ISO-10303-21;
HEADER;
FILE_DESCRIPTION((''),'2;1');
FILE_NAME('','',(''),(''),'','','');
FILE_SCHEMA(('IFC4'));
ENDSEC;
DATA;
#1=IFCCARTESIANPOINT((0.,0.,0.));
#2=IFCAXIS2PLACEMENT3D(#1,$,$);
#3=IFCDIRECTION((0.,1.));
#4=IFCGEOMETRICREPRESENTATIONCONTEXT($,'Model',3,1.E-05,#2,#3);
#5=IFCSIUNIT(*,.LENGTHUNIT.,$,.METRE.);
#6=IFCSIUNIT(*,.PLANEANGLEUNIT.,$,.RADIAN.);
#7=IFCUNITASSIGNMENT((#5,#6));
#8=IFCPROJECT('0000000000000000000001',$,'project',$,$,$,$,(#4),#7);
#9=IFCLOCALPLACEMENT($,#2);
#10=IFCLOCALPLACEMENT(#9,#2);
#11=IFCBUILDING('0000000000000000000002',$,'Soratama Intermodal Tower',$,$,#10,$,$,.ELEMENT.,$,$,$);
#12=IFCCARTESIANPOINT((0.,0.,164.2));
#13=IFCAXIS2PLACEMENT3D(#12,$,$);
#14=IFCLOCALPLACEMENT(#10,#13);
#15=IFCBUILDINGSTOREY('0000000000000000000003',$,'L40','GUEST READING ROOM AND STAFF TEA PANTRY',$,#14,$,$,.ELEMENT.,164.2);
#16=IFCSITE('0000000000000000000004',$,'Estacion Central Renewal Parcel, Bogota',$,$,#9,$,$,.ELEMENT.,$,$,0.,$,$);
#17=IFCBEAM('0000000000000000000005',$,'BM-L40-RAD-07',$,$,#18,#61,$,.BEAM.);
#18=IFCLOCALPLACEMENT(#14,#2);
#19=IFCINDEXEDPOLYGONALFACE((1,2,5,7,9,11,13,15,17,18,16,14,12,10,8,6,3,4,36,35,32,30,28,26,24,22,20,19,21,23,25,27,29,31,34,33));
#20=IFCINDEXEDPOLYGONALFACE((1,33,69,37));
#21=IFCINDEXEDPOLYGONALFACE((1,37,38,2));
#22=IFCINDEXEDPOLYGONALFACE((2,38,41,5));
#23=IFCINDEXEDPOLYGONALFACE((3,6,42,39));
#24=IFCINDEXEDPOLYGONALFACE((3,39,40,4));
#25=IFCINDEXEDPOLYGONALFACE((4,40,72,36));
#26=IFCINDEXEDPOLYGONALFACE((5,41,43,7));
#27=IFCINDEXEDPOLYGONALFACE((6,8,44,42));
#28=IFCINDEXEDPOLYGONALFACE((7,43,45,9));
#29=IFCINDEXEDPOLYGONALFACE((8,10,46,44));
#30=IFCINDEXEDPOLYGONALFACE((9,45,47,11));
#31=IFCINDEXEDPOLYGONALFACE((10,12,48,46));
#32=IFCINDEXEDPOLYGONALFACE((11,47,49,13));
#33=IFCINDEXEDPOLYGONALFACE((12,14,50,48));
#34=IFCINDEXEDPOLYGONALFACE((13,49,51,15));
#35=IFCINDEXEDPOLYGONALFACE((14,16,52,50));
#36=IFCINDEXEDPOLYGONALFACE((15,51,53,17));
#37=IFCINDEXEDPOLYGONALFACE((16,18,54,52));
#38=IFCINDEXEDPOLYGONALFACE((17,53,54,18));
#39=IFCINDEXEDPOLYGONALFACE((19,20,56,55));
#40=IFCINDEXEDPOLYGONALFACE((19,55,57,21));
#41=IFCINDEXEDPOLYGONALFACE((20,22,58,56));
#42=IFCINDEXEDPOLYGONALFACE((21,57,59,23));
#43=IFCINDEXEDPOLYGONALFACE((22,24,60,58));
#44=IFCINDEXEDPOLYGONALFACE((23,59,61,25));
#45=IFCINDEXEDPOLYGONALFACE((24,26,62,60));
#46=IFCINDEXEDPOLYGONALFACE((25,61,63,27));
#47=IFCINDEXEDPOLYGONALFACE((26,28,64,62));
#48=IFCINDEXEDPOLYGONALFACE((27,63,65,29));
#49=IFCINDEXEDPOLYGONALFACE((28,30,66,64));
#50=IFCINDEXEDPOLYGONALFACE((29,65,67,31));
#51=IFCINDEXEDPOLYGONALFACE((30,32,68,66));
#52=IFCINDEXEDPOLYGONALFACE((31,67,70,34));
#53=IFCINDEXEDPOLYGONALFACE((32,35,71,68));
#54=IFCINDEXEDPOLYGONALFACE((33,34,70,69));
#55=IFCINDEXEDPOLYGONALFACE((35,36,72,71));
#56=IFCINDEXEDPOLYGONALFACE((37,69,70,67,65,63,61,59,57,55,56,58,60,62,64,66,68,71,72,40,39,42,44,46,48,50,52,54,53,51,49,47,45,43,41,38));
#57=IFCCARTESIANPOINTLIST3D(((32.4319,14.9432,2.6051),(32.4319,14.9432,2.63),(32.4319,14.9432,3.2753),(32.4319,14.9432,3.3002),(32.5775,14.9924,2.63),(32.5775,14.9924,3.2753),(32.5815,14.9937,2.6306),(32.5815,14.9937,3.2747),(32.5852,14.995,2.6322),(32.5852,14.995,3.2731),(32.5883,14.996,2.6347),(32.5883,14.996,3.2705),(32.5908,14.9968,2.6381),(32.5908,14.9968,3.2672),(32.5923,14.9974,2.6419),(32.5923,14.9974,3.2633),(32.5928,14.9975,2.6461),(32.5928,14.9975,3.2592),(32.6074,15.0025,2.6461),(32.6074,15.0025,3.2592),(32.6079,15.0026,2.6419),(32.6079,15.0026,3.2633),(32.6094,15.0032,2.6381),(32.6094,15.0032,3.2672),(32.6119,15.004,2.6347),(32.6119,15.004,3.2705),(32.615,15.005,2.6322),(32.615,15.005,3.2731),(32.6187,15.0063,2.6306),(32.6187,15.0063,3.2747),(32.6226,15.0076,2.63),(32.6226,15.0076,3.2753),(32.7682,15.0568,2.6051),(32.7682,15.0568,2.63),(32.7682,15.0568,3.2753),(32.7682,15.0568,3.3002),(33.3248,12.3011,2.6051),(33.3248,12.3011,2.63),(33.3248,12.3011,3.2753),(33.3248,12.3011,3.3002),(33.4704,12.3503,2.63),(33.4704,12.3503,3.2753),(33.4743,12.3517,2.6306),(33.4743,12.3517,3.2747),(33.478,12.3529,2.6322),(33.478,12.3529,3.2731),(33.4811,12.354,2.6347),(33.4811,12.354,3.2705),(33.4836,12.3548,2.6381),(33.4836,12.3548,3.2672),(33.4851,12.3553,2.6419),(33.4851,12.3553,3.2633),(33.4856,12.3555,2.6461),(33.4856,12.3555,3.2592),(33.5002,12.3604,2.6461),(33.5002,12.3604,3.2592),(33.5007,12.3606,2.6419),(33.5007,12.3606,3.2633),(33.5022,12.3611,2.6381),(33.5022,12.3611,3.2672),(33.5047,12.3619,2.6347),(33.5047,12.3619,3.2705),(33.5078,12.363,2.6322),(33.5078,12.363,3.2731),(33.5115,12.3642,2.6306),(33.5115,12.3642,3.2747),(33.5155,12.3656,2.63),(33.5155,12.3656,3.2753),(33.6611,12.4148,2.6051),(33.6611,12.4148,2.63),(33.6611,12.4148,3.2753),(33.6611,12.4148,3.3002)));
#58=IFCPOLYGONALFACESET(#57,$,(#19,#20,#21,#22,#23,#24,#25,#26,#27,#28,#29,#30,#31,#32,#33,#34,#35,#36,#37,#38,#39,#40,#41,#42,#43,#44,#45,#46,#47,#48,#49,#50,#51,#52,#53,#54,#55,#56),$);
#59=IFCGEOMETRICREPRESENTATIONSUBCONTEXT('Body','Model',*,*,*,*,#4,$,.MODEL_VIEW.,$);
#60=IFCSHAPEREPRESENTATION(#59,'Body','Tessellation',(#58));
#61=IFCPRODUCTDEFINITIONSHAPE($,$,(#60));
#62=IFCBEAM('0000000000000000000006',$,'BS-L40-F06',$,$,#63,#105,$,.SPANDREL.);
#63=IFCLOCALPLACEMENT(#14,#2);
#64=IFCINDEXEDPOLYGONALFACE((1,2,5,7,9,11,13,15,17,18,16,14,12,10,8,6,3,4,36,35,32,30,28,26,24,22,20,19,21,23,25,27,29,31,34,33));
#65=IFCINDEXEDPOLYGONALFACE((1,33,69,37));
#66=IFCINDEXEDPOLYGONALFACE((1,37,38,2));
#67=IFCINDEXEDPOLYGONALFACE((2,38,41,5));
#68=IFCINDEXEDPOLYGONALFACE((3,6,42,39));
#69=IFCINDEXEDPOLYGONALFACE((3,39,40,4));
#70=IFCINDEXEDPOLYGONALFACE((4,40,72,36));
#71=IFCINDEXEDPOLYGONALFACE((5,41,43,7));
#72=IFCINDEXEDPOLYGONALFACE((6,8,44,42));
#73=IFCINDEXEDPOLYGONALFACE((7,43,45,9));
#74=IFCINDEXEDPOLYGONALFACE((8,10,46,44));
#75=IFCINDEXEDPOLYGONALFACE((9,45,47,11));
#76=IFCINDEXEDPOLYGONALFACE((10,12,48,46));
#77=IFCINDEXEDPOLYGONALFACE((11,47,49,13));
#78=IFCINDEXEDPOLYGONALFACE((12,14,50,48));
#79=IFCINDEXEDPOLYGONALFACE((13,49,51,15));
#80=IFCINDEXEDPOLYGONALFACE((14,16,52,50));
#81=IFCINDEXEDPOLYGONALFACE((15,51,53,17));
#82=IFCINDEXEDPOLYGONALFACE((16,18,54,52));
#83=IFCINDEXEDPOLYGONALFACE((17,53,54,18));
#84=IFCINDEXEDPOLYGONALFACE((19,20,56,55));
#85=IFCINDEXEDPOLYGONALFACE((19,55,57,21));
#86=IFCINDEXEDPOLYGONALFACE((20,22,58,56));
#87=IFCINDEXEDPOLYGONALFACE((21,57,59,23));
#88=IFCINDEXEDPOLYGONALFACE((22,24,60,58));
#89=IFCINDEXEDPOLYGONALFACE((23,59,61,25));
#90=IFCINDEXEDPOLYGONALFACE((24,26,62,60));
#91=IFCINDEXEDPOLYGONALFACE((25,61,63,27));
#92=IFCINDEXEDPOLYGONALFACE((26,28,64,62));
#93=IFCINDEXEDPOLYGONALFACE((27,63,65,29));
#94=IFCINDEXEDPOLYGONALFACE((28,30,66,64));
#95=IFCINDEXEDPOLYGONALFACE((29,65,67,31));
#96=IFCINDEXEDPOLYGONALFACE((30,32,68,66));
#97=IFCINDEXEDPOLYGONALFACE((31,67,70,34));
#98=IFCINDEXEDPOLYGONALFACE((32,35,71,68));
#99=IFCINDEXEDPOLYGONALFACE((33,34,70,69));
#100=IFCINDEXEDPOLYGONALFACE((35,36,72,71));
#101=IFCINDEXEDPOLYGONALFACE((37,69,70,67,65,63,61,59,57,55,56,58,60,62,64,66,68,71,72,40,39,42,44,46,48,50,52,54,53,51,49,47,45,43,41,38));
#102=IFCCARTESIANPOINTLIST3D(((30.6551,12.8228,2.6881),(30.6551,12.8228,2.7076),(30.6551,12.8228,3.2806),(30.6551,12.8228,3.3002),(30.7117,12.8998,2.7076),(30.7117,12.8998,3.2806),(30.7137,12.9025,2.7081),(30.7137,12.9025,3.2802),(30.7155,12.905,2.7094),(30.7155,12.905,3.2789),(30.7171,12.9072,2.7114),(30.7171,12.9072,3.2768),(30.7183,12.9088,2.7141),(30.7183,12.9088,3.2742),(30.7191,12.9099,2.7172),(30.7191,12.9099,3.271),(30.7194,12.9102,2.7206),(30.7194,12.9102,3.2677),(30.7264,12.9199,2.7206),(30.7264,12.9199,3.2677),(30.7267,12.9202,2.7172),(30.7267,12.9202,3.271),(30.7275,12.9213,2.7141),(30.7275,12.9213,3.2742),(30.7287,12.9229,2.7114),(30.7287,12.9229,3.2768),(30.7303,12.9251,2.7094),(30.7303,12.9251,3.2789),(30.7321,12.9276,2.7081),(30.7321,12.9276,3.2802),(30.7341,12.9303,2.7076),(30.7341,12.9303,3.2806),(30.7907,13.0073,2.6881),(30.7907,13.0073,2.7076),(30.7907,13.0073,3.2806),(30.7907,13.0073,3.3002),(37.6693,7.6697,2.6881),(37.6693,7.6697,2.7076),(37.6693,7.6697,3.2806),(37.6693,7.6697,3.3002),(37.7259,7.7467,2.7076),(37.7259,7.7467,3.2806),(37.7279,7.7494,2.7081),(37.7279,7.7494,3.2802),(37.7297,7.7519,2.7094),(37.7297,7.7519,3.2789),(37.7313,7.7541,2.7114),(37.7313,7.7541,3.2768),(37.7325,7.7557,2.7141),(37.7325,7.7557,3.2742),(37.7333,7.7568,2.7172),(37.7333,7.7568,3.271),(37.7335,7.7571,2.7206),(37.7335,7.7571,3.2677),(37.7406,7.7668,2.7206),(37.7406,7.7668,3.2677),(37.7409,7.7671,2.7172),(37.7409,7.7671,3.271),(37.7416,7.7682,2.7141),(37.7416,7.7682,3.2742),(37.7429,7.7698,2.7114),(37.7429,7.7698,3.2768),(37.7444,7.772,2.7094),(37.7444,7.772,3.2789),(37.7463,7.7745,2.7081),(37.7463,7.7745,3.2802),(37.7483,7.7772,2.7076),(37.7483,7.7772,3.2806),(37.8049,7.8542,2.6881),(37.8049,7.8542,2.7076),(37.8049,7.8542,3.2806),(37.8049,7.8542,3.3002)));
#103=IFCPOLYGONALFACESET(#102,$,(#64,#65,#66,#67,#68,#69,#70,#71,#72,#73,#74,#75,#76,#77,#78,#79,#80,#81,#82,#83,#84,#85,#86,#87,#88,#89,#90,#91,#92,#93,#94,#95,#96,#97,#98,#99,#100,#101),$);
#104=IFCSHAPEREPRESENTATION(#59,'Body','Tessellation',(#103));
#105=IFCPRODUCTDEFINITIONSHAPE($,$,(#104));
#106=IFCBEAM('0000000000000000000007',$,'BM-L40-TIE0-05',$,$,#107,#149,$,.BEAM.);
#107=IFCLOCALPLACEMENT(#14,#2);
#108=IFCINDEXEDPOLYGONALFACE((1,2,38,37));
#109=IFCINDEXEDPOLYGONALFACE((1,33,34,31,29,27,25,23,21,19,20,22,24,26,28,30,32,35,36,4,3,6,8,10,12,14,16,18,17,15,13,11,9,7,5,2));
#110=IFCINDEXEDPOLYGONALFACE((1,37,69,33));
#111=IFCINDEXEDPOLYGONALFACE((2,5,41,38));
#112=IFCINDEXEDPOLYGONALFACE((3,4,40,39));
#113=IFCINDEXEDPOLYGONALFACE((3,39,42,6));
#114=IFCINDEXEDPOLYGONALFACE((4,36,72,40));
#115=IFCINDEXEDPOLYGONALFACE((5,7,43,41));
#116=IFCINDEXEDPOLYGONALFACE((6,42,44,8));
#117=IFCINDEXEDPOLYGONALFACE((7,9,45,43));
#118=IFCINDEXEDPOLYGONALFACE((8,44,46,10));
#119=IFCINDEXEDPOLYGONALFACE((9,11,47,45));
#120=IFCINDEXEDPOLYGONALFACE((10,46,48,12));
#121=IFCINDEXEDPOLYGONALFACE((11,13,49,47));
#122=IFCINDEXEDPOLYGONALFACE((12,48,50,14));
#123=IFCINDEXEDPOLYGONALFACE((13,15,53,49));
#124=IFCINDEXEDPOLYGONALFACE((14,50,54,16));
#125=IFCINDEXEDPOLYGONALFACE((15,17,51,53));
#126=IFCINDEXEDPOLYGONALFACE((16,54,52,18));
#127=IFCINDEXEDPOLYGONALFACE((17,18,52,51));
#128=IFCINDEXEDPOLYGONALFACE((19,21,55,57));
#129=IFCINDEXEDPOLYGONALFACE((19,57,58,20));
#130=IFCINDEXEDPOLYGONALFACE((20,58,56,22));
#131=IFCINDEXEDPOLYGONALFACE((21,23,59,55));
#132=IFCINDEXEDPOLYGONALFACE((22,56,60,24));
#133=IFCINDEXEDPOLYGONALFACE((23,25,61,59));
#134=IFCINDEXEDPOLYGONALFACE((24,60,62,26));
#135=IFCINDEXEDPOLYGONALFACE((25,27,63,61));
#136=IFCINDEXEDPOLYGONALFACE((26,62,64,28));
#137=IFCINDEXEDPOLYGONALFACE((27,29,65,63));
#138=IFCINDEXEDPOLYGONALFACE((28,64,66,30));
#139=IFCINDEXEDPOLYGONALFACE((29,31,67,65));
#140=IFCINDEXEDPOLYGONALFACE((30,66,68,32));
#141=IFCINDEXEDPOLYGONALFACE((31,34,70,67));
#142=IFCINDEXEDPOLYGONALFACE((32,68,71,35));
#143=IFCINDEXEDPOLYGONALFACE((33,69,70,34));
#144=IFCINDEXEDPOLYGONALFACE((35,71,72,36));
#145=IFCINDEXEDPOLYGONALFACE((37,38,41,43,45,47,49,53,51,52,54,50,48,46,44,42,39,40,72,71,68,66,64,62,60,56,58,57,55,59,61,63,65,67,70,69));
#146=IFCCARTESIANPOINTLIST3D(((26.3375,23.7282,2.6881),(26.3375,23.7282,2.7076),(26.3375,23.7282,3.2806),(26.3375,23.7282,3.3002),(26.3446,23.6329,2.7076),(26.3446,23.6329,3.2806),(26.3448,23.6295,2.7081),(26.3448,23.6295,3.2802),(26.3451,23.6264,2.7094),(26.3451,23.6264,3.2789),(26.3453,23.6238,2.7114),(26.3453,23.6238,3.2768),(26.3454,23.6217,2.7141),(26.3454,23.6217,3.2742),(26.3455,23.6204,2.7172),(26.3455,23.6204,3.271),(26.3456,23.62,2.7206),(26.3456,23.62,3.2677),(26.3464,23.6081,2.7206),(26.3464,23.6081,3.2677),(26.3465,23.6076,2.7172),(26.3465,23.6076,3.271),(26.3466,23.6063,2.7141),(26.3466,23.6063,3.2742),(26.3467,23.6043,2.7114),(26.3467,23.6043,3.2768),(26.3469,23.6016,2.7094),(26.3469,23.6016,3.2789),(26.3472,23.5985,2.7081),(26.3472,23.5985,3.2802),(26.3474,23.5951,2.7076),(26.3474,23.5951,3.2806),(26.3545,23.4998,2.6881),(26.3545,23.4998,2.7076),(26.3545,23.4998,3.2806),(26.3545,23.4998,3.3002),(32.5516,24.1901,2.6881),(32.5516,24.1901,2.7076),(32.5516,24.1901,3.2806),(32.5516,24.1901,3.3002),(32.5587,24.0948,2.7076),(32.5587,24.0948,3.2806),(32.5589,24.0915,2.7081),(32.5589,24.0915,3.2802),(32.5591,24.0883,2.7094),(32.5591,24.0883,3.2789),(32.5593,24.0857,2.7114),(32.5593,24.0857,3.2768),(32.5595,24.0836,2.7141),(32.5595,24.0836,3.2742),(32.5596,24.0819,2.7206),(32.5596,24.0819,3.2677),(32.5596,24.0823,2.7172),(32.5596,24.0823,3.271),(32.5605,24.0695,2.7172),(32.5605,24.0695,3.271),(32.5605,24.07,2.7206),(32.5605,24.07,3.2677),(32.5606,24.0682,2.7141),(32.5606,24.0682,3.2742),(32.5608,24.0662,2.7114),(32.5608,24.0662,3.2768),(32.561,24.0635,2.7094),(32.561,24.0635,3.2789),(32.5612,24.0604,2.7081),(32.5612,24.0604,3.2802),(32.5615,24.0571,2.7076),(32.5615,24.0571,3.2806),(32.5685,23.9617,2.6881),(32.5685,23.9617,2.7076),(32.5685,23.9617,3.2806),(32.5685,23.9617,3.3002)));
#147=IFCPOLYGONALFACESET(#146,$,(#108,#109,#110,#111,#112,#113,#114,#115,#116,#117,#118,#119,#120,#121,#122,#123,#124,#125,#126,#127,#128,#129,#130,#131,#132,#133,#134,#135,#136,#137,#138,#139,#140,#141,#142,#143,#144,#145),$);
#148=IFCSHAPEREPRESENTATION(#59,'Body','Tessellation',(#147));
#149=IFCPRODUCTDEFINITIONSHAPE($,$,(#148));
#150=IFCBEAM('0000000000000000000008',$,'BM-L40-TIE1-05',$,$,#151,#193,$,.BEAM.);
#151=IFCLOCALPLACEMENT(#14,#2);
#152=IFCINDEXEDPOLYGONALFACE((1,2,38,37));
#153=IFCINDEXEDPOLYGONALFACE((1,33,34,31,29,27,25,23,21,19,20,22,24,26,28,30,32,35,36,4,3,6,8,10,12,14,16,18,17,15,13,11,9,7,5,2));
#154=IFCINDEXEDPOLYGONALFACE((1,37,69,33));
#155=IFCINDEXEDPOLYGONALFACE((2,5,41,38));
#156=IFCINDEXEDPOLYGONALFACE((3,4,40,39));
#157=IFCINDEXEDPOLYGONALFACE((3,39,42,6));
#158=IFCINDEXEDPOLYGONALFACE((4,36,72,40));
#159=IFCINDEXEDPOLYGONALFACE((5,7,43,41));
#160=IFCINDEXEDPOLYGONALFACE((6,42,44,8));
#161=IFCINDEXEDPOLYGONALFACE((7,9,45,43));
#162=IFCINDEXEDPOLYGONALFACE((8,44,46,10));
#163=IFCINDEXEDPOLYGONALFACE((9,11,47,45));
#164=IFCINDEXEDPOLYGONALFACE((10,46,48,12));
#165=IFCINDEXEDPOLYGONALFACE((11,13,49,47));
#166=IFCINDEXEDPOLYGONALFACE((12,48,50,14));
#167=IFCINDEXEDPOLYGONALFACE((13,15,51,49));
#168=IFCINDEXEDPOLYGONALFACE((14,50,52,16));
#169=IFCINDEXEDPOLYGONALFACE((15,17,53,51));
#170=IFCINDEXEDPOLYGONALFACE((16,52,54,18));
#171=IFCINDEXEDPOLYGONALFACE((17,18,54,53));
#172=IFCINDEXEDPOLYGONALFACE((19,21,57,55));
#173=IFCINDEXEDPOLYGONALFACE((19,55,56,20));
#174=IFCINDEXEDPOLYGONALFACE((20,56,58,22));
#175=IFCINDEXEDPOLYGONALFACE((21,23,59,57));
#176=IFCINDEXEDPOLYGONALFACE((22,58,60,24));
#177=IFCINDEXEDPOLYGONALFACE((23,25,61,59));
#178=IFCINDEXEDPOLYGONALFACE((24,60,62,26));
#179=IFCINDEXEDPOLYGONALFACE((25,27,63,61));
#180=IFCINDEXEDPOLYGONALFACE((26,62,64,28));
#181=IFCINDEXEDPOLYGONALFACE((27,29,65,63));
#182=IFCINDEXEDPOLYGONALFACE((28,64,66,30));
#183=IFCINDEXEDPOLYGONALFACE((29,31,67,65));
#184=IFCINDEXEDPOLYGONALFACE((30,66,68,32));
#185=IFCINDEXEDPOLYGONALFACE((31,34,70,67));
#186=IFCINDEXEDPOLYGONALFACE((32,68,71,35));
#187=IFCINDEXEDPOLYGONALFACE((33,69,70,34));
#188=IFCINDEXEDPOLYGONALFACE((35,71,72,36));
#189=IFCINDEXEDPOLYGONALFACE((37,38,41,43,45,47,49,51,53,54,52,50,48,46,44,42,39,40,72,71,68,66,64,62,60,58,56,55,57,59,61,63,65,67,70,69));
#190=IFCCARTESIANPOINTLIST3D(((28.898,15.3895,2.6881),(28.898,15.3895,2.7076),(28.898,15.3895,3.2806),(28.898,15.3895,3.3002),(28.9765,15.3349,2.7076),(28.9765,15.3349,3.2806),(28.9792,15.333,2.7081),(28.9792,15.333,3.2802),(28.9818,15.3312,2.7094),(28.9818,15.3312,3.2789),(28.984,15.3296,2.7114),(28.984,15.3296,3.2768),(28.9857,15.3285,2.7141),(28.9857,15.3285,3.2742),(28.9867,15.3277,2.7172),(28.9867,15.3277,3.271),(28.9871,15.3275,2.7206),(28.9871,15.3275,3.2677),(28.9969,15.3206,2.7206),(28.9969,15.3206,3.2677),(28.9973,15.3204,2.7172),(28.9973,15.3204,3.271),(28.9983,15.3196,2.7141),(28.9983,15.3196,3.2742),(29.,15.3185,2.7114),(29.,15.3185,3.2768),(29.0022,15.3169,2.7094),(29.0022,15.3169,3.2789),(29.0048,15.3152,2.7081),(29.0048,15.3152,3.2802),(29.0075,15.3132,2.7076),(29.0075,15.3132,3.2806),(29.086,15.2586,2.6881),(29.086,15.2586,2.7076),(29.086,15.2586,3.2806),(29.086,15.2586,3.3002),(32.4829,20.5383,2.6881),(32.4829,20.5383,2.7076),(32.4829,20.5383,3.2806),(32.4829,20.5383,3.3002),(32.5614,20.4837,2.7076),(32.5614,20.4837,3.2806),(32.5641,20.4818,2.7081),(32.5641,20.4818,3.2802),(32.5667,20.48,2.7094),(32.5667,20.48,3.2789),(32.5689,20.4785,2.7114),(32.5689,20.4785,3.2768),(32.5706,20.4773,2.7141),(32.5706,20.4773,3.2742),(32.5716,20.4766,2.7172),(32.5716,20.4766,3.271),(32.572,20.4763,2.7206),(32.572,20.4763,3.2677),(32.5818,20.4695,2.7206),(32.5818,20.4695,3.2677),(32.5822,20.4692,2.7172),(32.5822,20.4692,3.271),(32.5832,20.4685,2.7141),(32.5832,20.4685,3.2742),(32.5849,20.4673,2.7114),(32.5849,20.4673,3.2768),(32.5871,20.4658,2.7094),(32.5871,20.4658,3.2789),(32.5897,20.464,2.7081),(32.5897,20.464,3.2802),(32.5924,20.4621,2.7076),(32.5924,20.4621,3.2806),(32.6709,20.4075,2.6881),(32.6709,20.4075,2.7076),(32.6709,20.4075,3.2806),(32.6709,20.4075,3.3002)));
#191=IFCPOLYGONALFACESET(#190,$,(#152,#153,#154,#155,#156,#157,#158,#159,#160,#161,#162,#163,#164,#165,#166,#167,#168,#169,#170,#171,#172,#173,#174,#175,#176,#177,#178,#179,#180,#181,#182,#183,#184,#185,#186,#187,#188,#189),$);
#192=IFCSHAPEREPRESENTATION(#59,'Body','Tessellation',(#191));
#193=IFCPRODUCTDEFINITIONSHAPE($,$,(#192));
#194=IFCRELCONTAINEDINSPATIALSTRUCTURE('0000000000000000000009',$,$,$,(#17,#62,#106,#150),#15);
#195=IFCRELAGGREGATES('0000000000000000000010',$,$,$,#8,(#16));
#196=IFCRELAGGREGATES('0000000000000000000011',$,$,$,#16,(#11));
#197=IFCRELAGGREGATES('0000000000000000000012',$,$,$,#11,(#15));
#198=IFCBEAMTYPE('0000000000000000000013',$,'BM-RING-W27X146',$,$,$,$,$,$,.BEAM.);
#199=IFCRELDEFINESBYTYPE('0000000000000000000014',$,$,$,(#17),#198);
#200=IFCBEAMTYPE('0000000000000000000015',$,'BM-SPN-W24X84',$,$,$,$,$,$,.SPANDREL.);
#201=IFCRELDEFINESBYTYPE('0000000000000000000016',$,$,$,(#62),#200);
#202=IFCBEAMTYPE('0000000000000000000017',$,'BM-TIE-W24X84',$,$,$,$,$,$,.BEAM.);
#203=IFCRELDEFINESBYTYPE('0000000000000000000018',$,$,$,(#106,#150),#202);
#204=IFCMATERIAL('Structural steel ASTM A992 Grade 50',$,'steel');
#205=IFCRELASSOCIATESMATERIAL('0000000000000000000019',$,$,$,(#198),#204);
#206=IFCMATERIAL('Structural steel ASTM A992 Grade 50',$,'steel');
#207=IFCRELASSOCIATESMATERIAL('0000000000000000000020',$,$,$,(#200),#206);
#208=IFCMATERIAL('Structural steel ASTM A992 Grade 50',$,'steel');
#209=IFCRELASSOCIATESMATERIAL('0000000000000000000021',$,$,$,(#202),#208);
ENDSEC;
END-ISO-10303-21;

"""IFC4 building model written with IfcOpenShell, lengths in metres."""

from ifc_helpers import new_model, si_unit, direction, frame, origin, origin_2d, place, context, subcontext, project, spatial, i_section, extrude, material, material_profile, profile_set, type_object, element, save


model = new_model("IFC4")

# Units and contexts
model_context = context("Model", 3, precision=1e-05, world=origin(), true_north=direction((0.0, 1.0)))
body_context = subcontext(model_context, "Body", "Model", "MODEL_VIEW")
ifc_project = project(units=[si_unit("LENGTHUNIT", "METRE"), si_unit("PLANEANGLEUNIT", "RADIAN")], contexts=[model_context])

# Site, building, storey
site_placement = place(None, origin())
site = spatial("IfcSite", under=ifc_project, at=site_placement, Name="Estacion Central Renewal Parcel, Bogota", CompositionType="ELEMENT", RefElevation=0.0)
building_placement = place(site_placement, origin())
building = spatial("IfcBuilding", under=site, at=building_placement, Name="Soratama Intermodal Tower", CompositionType="ELEMENT")
storey_placement = place(building_placement, frame((0.0, 0.0, 164.2)))
storey = spatial("IfcBuildingStorey", under=building, at=storey_placement, Name="L40", Description="GUEST READING ROOM AND STAFF TEA PANTRY", CompositionType="ELEMENT", Elevation=164.2)

# Beams
ifc_material_1 = material(Name="Structural steel ASTM A992 Grade 50", Category="steel")
ifc_material_profile_1 = material_profile(ifc_material_1, i_section(OverallWidth=0.355, OverallDepth=0.6951, WebThickness=0.0154, FlangeThickness=0.0249, FilletRadius=0.0161, at=origin_2d()), Name="W27X146")
ifc_profile_set_1 = profile_set([ifc_material_profile_1], Name="Structural steel ASTM A992 Grade 50")
beam_type_1 = type_object("IfcBeamType", Name="BM-RING-W27X146", PredefinedType="BEAM", material=ifc_profile_set_1)
beam_1_placement = place(storey_placement, frame((32.6001, 15.0, 2.9526), z_axis=(0.320138, -0.947371, 0.0), x_axis=(0.947371, 0.320138, 0.0)))
element("IfcBeam", 1, at=beam_1_placement, inside=storey, type_object=beam_type_1, Name="BM-L40-RAD-07", PredefinedType="BEAM", context=body_context, shape_type="SweptSolid", body=[
    extrude(i_section(OverallWidth=0.355, OverallDepth=0.6951, WebThickness=0.0154, FlangeThickness=0.0249, FilletRadius=0.0161, at=origin_2d()), origin(), (0.0, 0.0, 1.0), 2.7888),
])
ifc_material_2 = material(Name="Structural steel ASTM A992 Grade 50", Category="steel")
ifc_material_profile_2 = material_profile(ifc_material_2, i_section(OverallWidth=0.229, OverallDepth=0.6121, WebThickness=0.012, FlangeThickness=0.0195, FilletRadius=0.0129, at=origin_2d()), Name="W24X84")
ifc_profile_set_2 = profile_set([ifc_material_profile_2], Name="Structural steel ASTM A992 Grade 50")
beam_type_2 = type_object("IfcBeamType", Name="BM-SPN-W24X84", PredefinedType="SPANDREL", material=ifc_profile_set_2)
beam_2_placement = place(storey_placement, frame((30.7229, 12.915, 2.9941), z_axis=(0.805892, -0.592063, 0.0), x_axis=(0.592063, 0.805892, 0.0)))
element("IfcBeam", 2, at=beam_2_placement, inside=storey, type_object=beam_type_2, Name="BS-L40-F06", PredefinedType="SPANDREL", context=body_context, shape_type="SweptSolid", body=[
    extrude(i_section(OverallWidth=0.229, OverallDepth=0.6121, WebThickness=0.012, FlangeThickness=0.0195, FilletRadius=0.0129, at=origin_2d()), origin(), (0.0, 0.0, 1.0), 8.7036),
])
ifc_material_3 = material(Name="Structural steel ASTM A992 Grade 50", Category="steel")
ifc_material_profile_3 = material_profile(ifc_material_3, i_section(OverallWidth=0.229, OverallDepth=0.6121, WebThickness=0.012, FlangeThickness=0.0195, FilletRadius=0.0129, at=origin_2d()), Name="W24X84")
ifc_profile_set_3 = profile_set([ifc_material_profile_3], Name="Structural steel ASTM A992 Grade 50")
beam_type_3 = type_object("IfcBeamType", Name="BM-TIE-W24X84", PredefinedType="BEAM", material=ifc_profile_set_3)
beam_3_placement = place(storey_placement, frame((32.5601, 24.0759, 2.9941), z_axis=(-0.997249, -0.074129, 0.0), x_axis=(0.074129, -0.997249, 0.0)))
element("IfcBeam", 3, at=beam_3_placement, inside=storey, type_object=beam_type_3, Name="BM-L40-TIE0-05", PredefinedType="BEAM", context=body_context, shape_type="SweptSolid", body=[
    extrude(i_section(OverallWidth=0.229, OverallDepth=0.6121, WebThickness=0.012, FlangeThickness=0.0195, FilletRadius=0.0129, at=origin_2d()), origin(), (0.0, 0.0, 1.0), 6.2312),
])
beam_4_placement = place(storey_placement, frame((32.5769, 20.4729, 2.9941), z_axis=(-0.571397, -0.820674, 0.0), x_axis=(0.820674, -0.571397, 0.0)))
element("IfcBeam", 4, at=beam_4_placement, inside=storey, type_object=beam_type_3, Name="BM-L40-TIE1-05", PredefinedType="BEAM", context=body_context, shape_type="SweptSolid", body=[
    extrude(i_section(OverallWidth=0.229, OverallDepth=0.6121, WebThickness=0.012, FlangeThickness=0.0195, FilletRadius=0.0129, at=origin_2d()), origin(), (0.0, 0.0, 1.0), 6.2739),
])

save(model, "model.ifc")
